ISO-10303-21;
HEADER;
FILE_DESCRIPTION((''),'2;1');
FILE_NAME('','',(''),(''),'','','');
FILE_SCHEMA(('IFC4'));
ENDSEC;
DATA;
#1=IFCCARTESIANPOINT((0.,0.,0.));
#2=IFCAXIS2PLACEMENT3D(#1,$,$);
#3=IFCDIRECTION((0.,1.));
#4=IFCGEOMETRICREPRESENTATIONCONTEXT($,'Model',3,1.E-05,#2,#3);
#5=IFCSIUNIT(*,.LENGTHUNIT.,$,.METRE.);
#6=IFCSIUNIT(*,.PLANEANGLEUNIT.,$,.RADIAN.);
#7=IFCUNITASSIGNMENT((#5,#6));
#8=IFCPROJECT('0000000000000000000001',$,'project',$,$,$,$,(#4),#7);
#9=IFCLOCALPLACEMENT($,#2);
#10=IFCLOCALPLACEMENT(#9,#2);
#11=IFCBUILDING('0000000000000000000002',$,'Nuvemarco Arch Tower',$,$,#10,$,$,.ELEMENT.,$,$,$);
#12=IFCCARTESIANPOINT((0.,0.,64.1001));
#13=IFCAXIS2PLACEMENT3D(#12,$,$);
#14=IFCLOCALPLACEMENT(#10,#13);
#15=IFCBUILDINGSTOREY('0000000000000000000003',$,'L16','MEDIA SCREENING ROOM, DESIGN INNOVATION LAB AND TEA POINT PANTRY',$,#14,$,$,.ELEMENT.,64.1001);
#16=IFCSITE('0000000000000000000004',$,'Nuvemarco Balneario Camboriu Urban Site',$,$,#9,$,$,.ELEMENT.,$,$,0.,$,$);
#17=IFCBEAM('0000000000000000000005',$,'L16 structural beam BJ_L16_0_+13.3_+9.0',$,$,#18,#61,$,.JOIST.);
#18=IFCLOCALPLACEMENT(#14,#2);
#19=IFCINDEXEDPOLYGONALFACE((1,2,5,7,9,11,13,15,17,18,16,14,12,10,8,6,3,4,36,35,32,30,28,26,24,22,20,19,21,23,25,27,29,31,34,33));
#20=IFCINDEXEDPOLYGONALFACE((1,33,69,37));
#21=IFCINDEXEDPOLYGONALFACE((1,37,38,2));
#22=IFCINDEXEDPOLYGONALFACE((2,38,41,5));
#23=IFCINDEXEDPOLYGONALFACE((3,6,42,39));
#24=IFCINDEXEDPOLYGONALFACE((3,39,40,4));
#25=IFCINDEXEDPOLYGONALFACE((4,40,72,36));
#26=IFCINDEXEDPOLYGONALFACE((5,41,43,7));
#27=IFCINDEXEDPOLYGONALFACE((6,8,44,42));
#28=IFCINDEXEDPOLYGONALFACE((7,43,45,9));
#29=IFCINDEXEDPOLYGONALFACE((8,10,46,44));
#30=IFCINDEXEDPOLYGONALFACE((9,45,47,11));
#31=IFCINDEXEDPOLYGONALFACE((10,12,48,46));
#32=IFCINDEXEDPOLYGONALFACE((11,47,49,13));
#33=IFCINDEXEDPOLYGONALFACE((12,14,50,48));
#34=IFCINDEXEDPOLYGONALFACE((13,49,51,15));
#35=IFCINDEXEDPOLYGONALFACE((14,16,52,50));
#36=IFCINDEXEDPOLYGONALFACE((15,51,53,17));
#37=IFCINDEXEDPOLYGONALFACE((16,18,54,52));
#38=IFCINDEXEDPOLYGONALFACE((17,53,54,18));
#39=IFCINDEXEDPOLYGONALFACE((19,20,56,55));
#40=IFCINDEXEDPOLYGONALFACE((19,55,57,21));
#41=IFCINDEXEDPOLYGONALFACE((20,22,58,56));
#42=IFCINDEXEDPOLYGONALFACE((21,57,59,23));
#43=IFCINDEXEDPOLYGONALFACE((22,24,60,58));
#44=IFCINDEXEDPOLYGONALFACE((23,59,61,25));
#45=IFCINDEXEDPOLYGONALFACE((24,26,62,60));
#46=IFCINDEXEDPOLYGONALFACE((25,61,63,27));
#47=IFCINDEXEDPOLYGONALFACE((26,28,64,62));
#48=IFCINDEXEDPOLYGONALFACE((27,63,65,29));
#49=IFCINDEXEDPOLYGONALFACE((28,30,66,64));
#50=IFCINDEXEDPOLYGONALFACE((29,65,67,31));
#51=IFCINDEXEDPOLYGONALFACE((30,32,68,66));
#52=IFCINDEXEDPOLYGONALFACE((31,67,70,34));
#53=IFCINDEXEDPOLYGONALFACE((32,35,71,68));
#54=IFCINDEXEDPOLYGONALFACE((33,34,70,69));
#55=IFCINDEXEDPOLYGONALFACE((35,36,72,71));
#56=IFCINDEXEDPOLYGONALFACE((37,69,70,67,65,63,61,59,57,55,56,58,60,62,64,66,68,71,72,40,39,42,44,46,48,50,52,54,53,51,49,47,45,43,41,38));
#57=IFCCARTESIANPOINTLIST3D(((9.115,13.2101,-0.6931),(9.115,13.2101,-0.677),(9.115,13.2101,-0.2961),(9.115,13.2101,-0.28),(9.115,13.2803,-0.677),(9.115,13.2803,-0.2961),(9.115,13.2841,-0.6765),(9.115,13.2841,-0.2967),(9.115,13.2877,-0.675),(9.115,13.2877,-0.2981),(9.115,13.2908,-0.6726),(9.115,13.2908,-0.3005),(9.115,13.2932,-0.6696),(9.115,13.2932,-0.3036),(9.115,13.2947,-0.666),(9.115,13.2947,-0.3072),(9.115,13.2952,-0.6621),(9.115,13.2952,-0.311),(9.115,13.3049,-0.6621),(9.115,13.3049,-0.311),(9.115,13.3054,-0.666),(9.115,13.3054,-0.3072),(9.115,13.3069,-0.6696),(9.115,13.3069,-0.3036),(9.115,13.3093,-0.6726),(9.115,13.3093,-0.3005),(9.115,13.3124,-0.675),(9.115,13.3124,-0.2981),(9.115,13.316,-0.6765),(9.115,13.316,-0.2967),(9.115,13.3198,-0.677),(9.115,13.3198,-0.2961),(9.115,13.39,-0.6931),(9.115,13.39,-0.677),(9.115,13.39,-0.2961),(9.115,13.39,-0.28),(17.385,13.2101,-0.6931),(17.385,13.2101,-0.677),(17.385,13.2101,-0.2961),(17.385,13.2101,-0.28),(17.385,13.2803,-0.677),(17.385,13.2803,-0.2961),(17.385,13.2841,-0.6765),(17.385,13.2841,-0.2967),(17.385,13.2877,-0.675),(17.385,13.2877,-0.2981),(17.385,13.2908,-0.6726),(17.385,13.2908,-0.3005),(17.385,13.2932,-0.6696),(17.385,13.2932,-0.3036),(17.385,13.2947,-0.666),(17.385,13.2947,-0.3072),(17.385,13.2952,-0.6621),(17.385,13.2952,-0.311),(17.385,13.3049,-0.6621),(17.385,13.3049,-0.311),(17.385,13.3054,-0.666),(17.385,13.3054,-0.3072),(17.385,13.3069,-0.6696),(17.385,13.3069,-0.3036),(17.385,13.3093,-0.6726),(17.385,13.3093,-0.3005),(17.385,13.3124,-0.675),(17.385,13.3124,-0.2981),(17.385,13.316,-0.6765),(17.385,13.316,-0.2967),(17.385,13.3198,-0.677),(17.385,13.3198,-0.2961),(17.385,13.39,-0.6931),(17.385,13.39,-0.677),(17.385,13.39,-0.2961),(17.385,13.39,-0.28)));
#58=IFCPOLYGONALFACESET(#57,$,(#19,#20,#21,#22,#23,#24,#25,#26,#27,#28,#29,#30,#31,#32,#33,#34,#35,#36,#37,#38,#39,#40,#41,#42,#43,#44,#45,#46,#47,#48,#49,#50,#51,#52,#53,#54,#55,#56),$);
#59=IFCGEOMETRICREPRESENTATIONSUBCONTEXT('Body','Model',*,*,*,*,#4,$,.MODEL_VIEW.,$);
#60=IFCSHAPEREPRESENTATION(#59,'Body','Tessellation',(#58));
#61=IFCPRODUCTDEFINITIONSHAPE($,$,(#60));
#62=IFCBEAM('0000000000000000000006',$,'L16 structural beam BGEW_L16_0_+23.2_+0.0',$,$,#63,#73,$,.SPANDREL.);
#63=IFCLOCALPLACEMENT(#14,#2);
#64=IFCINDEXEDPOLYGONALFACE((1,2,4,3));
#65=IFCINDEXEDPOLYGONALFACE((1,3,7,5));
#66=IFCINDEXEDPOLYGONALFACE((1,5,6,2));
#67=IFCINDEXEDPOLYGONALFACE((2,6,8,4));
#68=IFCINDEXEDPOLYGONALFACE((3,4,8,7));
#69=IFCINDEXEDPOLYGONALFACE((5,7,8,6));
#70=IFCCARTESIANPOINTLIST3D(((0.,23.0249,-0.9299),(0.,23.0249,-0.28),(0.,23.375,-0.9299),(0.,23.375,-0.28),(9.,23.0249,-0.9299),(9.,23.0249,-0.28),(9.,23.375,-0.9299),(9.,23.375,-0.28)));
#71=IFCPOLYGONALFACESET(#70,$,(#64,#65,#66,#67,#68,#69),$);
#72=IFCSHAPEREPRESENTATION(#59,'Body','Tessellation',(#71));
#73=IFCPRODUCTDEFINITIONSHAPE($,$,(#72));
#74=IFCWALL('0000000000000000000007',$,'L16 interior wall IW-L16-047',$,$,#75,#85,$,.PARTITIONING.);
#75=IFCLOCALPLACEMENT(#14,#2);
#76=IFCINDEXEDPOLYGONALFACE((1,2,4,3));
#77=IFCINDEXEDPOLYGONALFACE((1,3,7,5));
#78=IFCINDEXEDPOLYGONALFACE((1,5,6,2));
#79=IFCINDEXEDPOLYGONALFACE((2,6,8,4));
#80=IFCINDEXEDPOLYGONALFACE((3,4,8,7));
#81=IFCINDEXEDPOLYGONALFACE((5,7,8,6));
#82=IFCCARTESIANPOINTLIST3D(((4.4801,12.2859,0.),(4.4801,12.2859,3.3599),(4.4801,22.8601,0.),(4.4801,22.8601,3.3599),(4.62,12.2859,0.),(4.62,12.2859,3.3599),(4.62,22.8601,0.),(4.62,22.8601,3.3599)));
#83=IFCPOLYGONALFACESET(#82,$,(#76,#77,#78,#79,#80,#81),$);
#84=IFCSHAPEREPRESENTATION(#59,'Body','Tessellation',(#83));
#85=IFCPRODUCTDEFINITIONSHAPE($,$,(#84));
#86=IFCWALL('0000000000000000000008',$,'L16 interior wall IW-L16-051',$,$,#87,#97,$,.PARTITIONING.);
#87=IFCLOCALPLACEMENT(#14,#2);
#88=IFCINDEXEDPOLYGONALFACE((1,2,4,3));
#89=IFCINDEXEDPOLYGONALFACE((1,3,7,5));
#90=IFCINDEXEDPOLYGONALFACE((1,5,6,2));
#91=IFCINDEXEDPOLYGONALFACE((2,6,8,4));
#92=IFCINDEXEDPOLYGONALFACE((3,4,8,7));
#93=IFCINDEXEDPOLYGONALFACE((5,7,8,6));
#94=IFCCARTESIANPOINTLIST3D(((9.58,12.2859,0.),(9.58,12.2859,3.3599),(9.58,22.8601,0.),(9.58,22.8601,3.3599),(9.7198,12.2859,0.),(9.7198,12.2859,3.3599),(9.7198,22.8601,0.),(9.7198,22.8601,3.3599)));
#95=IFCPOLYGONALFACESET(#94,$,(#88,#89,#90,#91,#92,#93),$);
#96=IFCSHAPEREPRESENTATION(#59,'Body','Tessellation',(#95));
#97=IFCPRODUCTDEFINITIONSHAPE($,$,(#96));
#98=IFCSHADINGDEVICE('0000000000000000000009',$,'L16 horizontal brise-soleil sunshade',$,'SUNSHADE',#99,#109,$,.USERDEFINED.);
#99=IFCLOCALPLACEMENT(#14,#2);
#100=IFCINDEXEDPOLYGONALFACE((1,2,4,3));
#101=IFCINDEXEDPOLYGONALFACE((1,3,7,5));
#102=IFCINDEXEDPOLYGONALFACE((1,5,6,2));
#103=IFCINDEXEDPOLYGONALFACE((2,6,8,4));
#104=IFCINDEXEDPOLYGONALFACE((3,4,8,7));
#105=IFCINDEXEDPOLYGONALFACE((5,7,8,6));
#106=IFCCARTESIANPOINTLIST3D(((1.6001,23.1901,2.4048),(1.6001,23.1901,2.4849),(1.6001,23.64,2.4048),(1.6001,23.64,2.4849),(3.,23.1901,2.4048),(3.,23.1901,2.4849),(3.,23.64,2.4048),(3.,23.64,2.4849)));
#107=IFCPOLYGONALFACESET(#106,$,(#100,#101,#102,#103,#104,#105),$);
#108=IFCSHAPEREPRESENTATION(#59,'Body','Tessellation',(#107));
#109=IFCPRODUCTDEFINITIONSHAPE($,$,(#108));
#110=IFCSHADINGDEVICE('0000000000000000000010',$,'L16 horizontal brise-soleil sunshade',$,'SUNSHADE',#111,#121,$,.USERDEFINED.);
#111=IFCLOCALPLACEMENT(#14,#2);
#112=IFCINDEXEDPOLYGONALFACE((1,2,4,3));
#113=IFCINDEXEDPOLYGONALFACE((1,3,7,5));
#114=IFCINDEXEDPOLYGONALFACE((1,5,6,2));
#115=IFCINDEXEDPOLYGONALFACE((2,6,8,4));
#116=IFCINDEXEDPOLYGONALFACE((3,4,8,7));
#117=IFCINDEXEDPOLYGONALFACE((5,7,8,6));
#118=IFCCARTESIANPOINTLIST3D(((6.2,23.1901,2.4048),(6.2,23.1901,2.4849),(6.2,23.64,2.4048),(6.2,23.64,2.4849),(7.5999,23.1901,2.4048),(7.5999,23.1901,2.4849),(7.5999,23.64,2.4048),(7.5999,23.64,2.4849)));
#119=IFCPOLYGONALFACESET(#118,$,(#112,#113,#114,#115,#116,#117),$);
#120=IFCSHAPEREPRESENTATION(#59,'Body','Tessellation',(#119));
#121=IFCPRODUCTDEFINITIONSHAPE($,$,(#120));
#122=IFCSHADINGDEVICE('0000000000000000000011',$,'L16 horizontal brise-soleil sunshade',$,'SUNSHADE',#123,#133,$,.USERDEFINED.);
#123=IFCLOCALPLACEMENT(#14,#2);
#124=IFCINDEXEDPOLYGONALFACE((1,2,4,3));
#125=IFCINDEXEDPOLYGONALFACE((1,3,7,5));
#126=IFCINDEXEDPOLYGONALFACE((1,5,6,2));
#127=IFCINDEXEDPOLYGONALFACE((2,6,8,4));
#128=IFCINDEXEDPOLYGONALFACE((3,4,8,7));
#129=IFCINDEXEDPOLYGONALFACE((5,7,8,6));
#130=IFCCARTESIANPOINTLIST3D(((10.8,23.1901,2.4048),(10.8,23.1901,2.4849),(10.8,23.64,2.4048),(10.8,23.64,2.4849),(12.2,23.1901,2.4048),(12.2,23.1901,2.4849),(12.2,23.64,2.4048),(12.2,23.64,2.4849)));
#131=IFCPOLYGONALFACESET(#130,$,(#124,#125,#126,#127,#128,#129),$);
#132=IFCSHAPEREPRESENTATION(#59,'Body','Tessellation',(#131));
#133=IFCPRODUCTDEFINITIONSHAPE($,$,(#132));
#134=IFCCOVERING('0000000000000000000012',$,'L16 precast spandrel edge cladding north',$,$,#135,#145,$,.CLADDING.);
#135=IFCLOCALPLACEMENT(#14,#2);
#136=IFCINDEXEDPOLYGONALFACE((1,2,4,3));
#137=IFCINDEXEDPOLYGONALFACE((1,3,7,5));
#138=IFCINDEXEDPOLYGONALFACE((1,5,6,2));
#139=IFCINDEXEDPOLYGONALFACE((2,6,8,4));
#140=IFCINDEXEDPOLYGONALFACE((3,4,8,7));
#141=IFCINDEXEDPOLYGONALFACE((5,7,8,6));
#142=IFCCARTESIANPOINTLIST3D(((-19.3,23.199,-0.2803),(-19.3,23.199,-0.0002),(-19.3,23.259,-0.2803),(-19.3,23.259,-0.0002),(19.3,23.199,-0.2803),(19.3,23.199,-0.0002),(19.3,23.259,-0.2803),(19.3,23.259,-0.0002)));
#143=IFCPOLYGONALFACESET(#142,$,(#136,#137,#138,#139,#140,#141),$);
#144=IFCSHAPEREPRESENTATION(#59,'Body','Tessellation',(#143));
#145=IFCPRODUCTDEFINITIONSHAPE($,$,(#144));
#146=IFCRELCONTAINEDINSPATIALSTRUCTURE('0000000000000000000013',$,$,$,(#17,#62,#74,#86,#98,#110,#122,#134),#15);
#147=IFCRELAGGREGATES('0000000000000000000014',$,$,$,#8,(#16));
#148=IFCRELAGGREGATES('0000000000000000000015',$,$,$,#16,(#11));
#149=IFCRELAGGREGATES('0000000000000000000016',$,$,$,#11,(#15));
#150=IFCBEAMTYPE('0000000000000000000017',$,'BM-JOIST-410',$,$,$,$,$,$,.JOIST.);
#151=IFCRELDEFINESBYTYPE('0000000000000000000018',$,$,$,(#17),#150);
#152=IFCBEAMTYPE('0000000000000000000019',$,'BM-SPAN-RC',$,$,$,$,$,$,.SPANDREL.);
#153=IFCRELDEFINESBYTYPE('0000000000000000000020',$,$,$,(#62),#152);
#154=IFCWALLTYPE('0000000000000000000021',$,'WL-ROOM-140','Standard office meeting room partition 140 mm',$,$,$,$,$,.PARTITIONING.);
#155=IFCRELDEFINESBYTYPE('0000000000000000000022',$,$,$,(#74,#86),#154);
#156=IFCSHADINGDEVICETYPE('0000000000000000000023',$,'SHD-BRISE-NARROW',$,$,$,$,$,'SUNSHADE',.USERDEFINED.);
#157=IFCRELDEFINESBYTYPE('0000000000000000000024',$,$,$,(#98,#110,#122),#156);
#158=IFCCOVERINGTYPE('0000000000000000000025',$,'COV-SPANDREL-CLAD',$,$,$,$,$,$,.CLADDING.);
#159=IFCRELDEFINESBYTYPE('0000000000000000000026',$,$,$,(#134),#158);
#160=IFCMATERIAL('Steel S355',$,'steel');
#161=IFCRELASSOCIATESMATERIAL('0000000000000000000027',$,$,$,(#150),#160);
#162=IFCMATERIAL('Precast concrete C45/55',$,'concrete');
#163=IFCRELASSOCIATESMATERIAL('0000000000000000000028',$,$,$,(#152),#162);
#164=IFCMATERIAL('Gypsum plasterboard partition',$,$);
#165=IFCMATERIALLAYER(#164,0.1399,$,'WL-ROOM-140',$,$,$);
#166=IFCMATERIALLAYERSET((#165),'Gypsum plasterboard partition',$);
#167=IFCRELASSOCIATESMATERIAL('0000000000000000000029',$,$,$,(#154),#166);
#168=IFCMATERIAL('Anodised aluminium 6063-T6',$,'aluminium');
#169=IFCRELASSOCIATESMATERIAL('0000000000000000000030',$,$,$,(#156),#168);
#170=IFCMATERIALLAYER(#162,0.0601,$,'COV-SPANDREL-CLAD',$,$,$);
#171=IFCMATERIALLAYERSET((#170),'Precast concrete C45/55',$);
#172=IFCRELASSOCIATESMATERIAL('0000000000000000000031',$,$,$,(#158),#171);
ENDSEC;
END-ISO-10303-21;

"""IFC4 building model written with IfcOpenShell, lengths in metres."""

from ifc_helpers import new_model, si_unit, direction, frame, frame_2d, origin, origin_2d, place, context, subcontext, project, spatial, rectangle, i_section, extrude, source, transform, mapped, material, layer, layer_set, material_profile, profile_set, type_object, type_shapes, element, save


model = new_model("IFC4")

# Units and contexts
model_context = context("Model", 3, precision=1e-05, world=origin(), true_north=direction((0.0, 1.0)))
body_context = subcontext(model_context, "Body", "Model", "MODEL_VIEW")
ifc_project = project(units=[si_unit("LENGTHUNIT", "METRE"), si_unit("PLANEANGLEUNIT", "RADIAN")], contexts=[model_context])

# Site, building, storey
site_placement = place(None, origin())
site = spatial("IfcSite", under=ifc_project, at=site_placement, Name="Nuvemarco Balneario Camboriu Urban Site", CompositionType="ELEMENT", RefElevation=0.0)
building_placement = place(site_placement, origin())
building = spatial("IfcBuilding", under=site, at=building_placement, Name="Nuvemarco Arch Tower", CompositionType="ELEMENT")
storey_placement = place(building_placement, frame((0.0, 0.0, 64.1001)))
storey = spatial("IfcBuildingStorey", under=building, at=storey_placement, Name="L16", Description="MEDIA SCREENING ROOM, DESIGN INNOVATION LAB AND TEA POINT PANTRY", CompositionType="ELEMENT", Elevation=64.1001)

# Shared definitions
ifc_material_1 = material(Name="Steel S355", Category="steel")

# Beams
ifc_material_profile_1 = material_profile(ifc_material_1, i_section(OverallWidth=0.1799, OverallDepth=0.4131, WebThickness=0.0098, FlangeThickness=0.0161, FilletRadius=0.0149, at=origin_2d()), Name="W410x75")
ifc_profile_set_1 = profile_set([ifc_material_profile_1], Name="Steel S355")
beam_type_1 = type_object("IfcBeamType", Name="BM-JOIST-410", PredefinedType="JOIST", material=ifc_profile_set_1)
beam_1_placement = place(storey_placement, frame((9.115, 13.3, -0.4866), z_axis=(1.0, 0.0, 0.0), x_axis=(0.0, 1.0, 0.0)))
element("IfcBeam", 1, at=beam_1_placement, inside=storey, type_object=beam_type_1, Name="L16 structural beam BJ_L16_0_+13.3_+9.0", PredefinedType="JOIST", context=body_context, shape_type="SweptSolid", body=[
    extrude(i_section(OverallWidth=0.1799, OverallDepth=0.4131, WebThickness=0.0098, FlangeThickness=0.0161, FilletRadius=0.0149, at=origin_2d()), origin(), (0.0, 0.0, 1.0), 8.27),
])
ifc_material_2 = material(Name="Precast concrete C45/55", Category="concrete")
ifc_material_profile_2 = material_profile(ifc_material_2, rectangle(XDim=0.3501, YDim=0.6499, at=origin_2d()), Name="PC-SP-350x650")
ifc_profile_set_2 = profile_set([ifc_material_profile_2], Name="Precast concrete C45/55")
beam_type_2 = type_object("IfcBeamType", Name="BM-SPAN-RC", PredefinedType="SPANDREL", material=ifc_profile_set_2)
beam_2_placement = place(storey_placement, frame((0.0, 23.2, -0.605), z_axis=(1.0, 0.0, 0.0), x_axis=(0.0, 1.0, 0.0)))
element("IfcBeam", 2, at=beam_2_placement, inside=storey, type_object=beam_type_2, Name="L16 structural beam BGEW_L16_0_+23.2_+0.0", PredefinedType="SPANDREL", context=body_context, shape_type="SweptSolid", body=[
    extrude(rectangle(XDim=0.3501, YDim=0.6499, at=origin_2d()), origin(), (0.0, 0.0, 1.0), 9.0),
])

# Walls
ifc_material_3 = material(Name="Gypsum plasterboard partition")
ifc_layer_1 = layer(ifc_material_3, 0.1399, Name="WL-ROOM-140")
ifc_layer_set_1 = layer_set([ifc_layer_1], Name="Gypsum plasterboard partition")
wall_type = type_object("IfcWallType", Name="WL-ROOM-140", Description="Standard office meeting room partition 140 mm", PredefinedType="PARTITIONING", material=ifc_layer_set_1)
for number, where, z_axis, x_axis, name in (
    (3, (4.55, 12.2859, 0.0), (0.0, 0.0, 1.0), (0.0, 1.0, 0.0), "L16 interior wall IW-L16-047"),
    (4, (9.6499, 12.2859, 0.0), (0.0, 0.0, 1.0), (0.0, 1.0, 0.0), "L16 interior wall IW-L16-051"),
):
    element("IfcWall", number, at=place(storey_placement, frame(where, z_axis=z_axis, x_axis=x_axis)), inside=storey, type_object=wall_type, Name=name, PredefinedType="PARTITIONING", context=body_context, shape_type="SweptSolid", body=[
        extrude(rectangle(XDim=10.5742, YDim=0.1399, at=frame_2d((5.2871, 0.0))), origin(), (0.0, 0.0, 1.0), 3.3599),
    ])

# Shading devices
ifc_material_4 = material(Name="Anodised aluminium 6063-T6", Category="aluminium")
shading_device_type = type_object("IfcShadingDeviceType", Name="SHD-BRISE-NARROW", ElementType="SUNSHADE", PredefinedType="USERDEFINED", material=ifc_material_4)
shared_shape_1 = source(origin(), body_context, "Body", "SweptSolid", [
    extrude(rectangle(XDim=1.3999, YDim=0.45, at=origin_2d()), origin(), (0.0, 0.0, 1.0), 0.0801),
])
type_shapes(shading_device_type, [shared_shape_1])
for number, where, z_axis, x_axis, name in (
    (5, (2.3, 23.415, 2.4048), (0.0, 0.0, 1.0), (1.0, 0.0, 0.0), "L16 horizontal brise-soleil sunshade"),
    (6, (6.8999, 23.415, 2.4048), (0.0, 0.0, 1.0), (1.0, 0.0, 0.0), "L16 horizontal brise-soleil sunshade"),
    (7, (11.5, 23.415, 2.4048), (0.0, 0.0, 1.0), (1.0, 0.0, 0.0), "L16 horizontal brise-soleil sunshade"),
):
    element("IfcShadingDevice", number, at=place(storey_placement, frame(where, z_axis=z_axis, x_axis=x_axis)), inside=storey, type_object=shading_device_type, Name=name, ObjectType="SUNSHADE", PredefinedType="USERDEFINED", context=body_context, shape_type="MappedRepresentation", body=[
        mapped(shared_shape_1, transform((0.0, 0.0, 0.0), scale=1.0)),
    ])

# Covering
ifc_layer_2 = layer(ifc_material_2, 0.0601, Name="COV-SPANDREL-CLAD")
ifc_layer_set_2 = layer_set([ifc_layer_2], Name="Precast concrete C45/55")
covering_type = type_object("IfcCoveringType", Name="COV-SPANDREL-CLAD", PredefinedType="CLADDING", material=ifc_layer_set_2)
shared_shape_2 = source(origin(), body_context, "Body", "SweptSolid", [
    extrude(rectangle(XDim=38.6001, YDim=0.0601, at=origin_2d()), origin(), (0.0, 0.0, 1.0), 0.28),
])
type_shapes(covering_type, [shared_shape_2])
covering_placement = place(storey_placement, frame((0.0, 23.229, -0.2803), z_axis=(0.0, 0.0, 1.0), x_axis=(1.0, 0.0, 0.0)))
element("IfcCovering", 8, at=covering_placement, inside=storey, type_object=covering_type, Name="L16 precast spandrel edge cladding north", PredefinedType="CLADDING", context=body_context, shape_type="MappedRepresentation", body=[
    mapped(shared_shape_2, transform((0.0, 0.0, 0.0), scale=1.0)),
])

save(model, "model.ifc")
